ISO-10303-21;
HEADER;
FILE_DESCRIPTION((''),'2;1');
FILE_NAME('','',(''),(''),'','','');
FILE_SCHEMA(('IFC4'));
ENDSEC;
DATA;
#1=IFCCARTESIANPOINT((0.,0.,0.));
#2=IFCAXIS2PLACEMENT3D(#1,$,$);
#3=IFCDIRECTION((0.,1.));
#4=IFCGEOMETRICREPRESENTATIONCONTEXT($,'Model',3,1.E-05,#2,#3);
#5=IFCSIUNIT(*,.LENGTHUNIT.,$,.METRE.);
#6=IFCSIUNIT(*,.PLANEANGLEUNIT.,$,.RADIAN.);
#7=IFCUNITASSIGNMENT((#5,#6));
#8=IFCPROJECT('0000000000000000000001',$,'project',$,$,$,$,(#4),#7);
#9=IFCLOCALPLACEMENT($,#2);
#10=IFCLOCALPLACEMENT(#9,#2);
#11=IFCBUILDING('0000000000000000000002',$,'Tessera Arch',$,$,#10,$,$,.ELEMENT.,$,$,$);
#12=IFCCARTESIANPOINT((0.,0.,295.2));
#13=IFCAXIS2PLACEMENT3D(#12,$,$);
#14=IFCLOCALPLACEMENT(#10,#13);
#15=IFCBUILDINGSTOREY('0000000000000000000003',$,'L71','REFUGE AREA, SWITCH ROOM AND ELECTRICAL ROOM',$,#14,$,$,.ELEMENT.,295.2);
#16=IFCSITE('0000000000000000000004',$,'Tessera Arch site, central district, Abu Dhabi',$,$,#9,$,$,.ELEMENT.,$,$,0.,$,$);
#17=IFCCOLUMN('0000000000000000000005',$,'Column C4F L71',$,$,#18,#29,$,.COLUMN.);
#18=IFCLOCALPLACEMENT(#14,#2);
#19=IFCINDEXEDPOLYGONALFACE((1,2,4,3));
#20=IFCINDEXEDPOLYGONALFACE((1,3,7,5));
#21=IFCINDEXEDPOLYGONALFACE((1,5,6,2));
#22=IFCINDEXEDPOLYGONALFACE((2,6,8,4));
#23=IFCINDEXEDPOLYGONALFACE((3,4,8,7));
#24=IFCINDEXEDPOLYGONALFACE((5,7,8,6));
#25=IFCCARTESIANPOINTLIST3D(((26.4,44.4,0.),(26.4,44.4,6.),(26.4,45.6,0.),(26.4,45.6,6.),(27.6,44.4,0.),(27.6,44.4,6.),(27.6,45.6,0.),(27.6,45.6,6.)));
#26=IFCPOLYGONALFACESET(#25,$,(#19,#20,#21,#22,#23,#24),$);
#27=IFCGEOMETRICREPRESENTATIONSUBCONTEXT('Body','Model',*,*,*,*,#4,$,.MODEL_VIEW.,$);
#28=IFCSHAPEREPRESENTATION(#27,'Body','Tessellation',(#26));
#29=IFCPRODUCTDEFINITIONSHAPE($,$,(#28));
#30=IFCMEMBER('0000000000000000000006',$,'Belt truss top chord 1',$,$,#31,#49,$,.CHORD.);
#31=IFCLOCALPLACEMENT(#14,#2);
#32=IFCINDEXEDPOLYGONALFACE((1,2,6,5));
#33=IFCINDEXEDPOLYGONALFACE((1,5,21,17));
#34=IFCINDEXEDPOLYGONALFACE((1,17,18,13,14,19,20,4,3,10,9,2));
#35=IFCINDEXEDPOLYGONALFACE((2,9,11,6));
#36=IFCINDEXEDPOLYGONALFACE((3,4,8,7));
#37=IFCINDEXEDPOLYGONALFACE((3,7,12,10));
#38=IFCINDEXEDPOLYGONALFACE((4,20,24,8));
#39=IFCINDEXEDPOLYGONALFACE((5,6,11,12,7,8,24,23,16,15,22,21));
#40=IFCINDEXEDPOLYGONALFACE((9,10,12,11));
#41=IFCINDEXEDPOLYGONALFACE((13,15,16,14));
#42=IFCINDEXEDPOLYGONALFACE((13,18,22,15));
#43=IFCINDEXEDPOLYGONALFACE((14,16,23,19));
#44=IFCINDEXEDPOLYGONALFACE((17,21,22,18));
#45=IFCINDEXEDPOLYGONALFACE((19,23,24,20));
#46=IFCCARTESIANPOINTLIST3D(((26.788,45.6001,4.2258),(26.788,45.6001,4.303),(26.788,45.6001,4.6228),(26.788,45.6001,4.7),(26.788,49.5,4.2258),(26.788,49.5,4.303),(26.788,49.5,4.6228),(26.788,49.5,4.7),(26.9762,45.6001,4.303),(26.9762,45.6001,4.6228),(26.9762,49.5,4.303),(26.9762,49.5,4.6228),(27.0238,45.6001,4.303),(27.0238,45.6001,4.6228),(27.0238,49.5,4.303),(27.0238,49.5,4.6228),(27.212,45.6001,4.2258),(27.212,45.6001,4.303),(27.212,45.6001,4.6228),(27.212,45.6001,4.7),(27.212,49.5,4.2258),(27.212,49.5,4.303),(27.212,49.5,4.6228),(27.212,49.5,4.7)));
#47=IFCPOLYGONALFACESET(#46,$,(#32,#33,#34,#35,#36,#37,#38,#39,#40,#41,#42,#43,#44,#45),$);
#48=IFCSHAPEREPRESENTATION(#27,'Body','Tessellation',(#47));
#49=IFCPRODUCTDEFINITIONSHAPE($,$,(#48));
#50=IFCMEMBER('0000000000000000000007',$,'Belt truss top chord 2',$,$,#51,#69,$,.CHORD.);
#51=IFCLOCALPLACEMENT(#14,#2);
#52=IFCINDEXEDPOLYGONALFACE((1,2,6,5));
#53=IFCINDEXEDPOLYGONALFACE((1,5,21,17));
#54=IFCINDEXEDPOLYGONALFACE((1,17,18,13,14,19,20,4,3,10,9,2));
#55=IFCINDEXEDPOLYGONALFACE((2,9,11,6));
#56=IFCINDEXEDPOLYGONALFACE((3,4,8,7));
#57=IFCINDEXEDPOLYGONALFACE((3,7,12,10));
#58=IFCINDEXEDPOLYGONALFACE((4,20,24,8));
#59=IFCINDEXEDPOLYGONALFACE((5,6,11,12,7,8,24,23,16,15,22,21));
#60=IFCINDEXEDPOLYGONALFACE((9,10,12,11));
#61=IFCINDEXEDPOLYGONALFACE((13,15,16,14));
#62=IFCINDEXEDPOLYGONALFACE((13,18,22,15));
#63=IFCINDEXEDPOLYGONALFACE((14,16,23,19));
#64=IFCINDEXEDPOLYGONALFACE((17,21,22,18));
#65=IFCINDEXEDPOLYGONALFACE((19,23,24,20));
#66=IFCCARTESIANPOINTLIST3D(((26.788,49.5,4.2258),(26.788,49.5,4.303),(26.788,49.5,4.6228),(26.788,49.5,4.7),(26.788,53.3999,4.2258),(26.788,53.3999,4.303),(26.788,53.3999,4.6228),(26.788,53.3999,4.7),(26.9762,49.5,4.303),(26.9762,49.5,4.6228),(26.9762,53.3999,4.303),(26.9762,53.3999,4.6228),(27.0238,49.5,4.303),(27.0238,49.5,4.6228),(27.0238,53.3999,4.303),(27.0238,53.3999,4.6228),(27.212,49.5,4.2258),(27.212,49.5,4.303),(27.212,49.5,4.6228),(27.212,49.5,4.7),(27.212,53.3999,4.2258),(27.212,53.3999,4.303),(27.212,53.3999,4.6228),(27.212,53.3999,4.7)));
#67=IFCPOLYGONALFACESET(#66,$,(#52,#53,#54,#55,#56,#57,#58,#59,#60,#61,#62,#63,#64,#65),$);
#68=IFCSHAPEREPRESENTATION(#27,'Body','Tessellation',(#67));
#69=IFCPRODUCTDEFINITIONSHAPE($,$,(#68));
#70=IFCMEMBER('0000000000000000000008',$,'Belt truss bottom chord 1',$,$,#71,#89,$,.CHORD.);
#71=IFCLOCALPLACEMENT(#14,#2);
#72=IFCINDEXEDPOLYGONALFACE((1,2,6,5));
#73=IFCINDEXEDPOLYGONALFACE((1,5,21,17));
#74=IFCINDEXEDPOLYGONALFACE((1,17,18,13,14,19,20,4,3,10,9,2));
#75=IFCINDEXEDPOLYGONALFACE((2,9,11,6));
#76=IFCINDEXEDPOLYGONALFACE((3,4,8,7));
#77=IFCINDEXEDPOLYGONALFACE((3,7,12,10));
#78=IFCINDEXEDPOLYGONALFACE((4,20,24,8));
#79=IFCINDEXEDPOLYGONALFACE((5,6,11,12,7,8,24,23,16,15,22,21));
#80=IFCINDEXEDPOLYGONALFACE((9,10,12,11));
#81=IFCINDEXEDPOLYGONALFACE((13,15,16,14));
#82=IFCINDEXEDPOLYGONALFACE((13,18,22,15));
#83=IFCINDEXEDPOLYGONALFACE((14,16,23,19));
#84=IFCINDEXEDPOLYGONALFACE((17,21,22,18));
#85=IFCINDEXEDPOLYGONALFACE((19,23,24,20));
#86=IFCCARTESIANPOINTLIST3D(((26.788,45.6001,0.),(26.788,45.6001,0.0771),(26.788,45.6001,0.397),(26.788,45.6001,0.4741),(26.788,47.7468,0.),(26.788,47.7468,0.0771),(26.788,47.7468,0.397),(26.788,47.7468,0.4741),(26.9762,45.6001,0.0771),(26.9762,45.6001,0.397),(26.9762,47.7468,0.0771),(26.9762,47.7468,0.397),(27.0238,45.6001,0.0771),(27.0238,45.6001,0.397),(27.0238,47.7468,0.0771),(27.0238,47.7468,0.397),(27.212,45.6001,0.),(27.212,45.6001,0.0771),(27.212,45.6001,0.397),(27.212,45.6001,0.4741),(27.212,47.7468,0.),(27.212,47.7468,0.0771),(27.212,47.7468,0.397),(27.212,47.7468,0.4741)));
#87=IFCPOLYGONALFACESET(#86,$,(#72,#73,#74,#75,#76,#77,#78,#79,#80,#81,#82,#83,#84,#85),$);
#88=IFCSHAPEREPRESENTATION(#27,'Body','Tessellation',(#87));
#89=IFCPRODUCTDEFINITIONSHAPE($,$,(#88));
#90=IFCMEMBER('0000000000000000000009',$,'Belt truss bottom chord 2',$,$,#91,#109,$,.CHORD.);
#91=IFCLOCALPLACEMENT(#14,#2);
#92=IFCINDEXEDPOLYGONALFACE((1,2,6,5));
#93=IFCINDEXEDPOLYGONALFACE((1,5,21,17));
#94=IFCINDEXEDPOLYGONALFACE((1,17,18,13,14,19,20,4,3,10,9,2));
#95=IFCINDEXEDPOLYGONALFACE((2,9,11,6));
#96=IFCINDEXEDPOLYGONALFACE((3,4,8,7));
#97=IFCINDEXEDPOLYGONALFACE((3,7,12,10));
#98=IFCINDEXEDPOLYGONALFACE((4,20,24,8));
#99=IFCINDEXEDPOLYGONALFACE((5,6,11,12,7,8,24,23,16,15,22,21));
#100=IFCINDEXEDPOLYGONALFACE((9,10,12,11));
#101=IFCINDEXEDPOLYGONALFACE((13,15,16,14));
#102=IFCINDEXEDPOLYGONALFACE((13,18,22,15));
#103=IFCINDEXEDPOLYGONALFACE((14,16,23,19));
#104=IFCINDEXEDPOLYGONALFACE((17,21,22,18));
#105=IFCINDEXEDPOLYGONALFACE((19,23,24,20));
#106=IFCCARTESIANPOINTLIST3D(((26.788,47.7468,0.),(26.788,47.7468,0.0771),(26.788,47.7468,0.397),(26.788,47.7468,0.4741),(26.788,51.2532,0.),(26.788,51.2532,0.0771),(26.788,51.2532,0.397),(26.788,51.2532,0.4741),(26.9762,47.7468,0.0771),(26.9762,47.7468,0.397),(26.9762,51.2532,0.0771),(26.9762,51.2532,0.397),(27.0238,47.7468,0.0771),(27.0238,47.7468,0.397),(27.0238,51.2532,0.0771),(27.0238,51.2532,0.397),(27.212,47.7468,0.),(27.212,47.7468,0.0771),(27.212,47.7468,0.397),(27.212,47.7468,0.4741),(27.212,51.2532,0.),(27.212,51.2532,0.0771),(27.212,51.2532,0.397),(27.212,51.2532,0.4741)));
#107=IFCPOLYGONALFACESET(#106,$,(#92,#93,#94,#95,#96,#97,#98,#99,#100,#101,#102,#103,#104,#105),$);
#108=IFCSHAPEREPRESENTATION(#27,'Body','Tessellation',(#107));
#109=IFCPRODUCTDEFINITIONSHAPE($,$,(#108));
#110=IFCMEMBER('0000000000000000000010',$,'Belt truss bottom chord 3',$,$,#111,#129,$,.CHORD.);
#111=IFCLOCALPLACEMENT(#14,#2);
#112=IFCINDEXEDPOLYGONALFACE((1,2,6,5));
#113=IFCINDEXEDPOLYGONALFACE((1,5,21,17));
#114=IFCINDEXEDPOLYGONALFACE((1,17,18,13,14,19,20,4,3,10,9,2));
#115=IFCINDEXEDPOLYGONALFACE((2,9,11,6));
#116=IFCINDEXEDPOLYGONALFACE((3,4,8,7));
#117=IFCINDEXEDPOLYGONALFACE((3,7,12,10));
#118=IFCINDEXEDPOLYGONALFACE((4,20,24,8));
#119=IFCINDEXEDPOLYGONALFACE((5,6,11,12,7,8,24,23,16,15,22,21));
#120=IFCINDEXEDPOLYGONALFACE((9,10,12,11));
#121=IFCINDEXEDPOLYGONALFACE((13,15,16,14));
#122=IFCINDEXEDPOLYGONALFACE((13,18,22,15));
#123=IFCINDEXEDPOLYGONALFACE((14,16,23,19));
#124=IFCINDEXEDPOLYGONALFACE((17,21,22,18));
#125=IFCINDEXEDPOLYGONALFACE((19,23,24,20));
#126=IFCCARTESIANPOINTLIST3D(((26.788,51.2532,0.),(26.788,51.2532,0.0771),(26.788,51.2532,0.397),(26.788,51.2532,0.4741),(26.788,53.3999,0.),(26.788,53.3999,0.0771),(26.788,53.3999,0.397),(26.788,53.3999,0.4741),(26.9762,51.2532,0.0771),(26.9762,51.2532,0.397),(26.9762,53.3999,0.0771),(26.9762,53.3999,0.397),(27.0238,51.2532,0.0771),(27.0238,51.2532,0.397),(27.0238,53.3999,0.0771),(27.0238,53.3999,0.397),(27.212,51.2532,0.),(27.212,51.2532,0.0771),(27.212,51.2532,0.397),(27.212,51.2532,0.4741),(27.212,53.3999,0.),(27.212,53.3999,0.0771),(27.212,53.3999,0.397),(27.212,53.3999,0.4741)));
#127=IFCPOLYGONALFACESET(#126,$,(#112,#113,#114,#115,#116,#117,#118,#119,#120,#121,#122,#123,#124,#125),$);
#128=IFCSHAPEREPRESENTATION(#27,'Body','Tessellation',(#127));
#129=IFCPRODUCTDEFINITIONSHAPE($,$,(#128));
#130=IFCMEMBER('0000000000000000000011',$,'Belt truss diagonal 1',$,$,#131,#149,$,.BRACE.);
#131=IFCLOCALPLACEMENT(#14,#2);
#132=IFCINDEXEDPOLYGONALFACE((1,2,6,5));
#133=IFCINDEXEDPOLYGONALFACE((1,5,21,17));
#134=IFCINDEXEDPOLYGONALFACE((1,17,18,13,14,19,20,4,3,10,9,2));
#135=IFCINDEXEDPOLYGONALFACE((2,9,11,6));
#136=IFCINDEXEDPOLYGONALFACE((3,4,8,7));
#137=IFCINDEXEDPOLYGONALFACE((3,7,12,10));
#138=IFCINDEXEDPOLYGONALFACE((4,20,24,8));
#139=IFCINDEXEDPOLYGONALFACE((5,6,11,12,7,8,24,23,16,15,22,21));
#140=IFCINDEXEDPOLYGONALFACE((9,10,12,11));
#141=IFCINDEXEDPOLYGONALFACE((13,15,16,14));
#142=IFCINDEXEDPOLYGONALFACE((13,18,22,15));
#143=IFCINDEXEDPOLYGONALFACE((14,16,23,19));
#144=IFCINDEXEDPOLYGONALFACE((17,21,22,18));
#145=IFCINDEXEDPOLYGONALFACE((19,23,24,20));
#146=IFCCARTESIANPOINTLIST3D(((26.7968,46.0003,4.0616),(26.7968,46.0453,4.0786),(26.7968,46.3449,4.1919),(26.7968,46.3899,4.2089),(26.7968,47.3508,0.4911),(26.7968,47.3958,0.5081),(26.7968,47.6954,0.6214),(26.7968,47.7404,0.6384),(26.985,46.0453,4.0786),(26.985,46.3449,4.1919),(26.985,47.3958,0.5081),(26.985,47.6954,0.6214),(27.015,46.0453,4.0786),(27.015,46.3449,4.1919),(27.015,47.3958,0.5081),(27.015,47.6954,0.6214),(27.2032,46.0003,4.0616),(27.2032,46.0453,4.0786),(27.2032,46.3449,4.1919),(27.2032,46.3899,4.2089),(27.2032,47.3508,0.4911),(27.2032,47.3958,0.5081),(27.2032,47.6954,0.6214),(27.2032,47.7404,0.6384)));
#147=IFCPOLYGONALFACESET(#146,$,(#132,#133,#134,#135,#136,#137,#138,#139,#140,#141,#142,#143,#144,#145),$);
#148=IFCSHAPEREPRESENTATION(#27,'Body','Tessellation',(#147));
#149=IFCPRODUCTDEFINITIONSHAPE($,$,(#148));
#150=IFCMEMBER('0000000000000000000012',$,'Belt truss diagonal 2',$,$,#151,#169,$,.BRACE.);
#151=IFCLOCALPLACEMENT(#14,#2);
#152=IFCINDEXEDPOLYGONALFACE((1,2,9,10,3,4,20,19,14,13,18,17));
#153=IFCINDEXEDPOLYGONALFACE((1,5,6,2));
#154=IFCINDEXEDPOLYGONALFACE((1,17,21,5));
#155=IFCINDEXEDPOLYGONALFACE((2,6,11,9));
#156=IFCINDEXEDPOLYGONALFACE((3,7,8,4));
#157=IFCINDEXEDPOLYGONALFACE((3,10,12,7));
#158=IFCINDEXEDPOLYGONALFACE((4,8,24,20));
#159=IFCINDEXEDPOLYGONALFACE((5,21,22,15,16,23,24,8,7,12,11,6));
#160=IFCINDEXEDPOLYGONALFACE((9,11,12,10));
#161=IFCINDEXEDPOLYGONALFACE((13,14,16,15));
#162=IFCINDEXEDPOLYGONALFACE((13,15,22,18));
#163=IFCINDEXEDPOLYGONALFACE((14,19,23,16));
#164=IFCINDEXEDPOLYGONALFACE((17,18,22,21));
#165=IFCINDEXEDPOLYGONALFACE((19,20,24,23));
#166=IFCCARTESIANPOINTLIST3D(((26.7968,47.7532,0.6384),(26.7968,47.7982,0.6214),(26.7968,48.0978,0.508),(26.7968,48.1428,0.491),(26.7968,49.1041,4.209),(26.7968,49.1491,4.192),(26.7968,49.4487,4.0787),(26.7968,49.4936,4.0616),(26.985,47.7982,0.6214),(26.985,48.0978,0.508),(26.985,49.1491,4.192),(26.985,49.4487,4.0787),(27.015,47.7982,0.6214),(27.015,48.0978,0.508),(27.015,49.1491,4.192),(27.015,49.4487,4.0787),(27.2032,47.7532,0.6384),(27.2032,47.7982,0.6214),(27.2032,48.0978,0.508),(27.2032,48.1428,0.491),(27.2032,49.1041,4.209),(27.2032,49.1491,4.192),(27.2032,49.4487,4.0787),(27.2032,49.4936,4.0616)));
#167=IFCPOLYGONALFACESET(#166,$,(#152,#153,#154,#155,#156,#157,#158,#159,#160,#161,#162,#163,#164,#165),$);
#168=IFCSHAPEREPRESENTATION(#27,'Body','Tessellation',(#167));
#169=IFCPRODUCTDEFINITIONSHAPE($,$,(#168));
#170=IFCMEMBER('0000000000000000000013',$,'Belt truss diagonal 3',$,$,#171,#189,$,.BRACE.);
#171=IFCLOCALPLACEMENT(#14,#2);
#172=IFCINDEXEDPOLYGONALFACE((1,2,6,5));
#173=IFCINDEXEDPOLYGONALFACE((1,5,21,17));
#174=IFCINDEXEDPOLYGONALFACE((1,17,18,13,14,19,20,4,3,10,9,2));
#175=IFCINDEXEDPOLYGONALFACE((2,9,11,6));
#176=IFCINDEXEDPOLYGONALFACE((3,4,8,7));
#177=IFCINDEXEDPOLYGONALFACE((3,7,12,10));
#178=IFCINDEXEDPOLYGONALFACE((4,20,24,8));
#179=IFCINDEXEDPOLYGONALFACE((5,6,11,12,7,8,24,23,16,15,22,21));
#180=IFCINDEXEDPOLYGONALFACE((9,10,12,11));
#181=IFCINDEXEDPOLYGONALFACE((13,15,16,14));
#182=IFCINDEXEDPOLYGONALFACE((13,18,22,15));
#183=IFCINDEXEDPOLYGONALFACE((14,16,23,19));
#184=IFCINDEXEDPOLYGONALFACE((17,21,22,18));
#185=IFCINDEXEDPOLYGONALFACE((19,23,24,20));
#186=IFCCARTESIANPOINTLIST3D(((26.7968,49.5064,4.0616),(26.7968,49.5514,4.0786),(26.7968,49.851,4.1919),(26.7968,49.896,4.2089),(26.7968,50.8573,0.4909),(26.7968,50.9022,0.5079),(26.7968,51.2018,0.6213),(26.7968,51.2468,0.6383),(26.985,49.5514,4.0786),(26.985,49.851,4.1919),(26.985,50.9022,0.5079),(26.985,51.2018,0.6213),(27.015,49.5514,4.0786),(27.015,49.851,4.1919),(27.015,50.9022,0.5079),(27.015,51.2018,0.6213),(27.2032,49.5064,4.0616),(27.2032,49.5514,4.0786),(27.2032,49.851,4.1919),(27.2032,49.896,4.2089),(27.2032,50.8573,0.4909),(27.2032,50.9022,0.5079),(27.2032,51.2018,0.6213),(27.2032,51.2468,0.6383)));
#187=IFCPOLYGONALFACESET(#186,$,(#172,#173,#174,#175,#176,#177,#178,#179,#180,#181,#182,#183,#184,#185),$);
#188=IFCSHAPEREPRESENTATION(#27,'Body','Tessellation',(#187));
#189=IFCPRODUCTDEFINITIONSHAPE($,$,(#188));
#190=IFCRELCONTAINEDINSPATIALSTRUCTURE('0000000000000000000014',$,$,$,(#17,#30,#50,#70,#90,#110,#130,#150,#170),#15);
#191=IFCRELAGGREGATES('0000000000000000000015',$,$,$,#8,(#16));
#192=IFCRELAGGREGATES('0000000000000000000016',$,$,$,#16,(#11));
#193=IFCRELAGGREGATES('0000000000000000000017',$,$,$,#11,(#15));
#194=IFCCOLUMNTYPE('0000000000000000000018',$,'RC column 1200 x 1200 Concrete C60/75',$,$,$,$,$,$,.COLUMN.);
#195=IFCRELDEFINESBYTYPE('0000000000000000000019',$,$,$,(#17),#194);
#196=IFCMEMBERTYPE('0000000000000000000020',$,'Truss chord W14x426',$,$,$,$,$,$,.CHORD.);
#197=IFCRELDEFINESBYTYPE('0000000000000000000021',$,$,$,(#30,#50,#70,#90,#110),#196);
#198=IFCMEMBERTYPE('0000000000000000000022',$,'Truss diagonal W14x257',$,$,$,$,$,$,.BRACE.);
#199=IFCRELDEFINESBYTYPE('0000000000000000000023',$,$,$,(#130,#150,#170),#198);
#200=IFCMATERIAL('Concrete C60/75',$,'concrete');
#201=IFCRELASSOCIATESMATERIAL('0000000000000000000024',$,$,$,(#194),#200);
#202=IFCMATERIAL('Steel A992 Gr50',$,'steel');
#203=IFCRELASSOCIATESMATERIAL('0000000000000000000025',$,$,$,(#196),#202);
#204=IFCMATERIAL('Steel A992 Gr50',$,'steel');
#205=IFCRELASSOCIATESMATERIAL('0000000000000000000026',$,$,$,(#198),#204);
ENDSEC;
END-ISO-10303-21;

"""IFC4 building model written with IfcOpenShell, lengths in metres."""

from ifc_helpers import new_model, si_unit, direction, frame, origin, origin_2d, place, context, subcontext, project, spatial, rectangle, i_section, extrude, material, material_profile, profile_set, type_object, element, save


model = new_model("IFC4")

# Units and contexts
model_context = context("Model", 3, precision=1e-05, world=origin(), true_north=direction((0.0, 1.0)))
body_context = subcontext(model_context, "Body", "Model", "MODEL_VIEW")
ifc_project = project(units=[si_unit("LENGTHUNIT", "METRE"), si_unit("PLANEANGLEUNIT", "RADIAN")], contexts=[model_context])

# Site, building, storey
site_placement = place(None, origin())
site = spatial("IfcSite", under=ifc_project, at=site_placement, Name="Tessera Arch site, central district, Abu Dhabi", CompositionType="ELEMENT", RefElevation=0.0)
building_placement = place(site_placement, origin())
building = spatial("IfcBuilding", under=site, at=building_placement, Name="Tessera Arch", CompositionType="ELEMENT")
storey_placement = place(building_placement, frame((0.0, 0.0, 295.2)))
storey = spatial("IfcBuildingStorey", under=building, at=storey_placement, Name="L71", Description="REFUGE AREA, SWITCH ROOM AND ELECTRICAL ROOM", CompositionType="ELEMENT", Elevation=295.2)

# Column
ifc_material_1 = material(Name="Concrete C60/75", Category="concrete")
ifc_material_profile_1 = material_profile(ifc_material_1, rectangle(XDim=1.2, YDim=1.2, at=origin_2d()), Name="RC column 1200 x 1200 Concrete C60/75")
ifc_profile_set_1 = profile_set([ifc_material_profile_1], Name="Concrete C60/75")
column_type = type_object("IfcColumnType", Name="RC column 1200 x 1200 Concrete C60/75", PredefinedType="COLUMN", material=ifc_profile_set_1)
column_placement = place(storey_placement, frame((27.0, 45.0, 0.0), z_axis=(0.0, 0.0, 1.0), x_axis=(1.0, 0.0, 0.0)))
element("IfcColumn", 1, at=column_placement, inside=storey, type_object=column_type, Name="Column C4F L71", PredefinedType="COLUMN", context=body_context, shape_type="SweptSolid", body=[
    extrude(rectangle(XDim=1.2, YDim=1.2, at=origin_2d()), origin(), (0.0, 0.0, 1.0), 6.0),
])

# Members
ifc_material_2 = material(Name="Steel A992 Gr50", Category="steel")
ifc_material_profile_2 = material_profile(ifc_material_2, i_section(OverallWidth=0.4241, OverallDepth=0.4741, WebThickness=0.0476, FlangeThickness=0.0771, at=origin_2d()), Name="W14x426")
ifc_profile_set_2 = profile_set([ifc_material_profile_2], Name="Steel A992 Gr50")
member_type_1 = type_object("IfcMemberType", Name="Truss chord W14x426", PredefinedType="CHORD", material=ifc_profile_set_2)
for number, where, z_axis, x_axis, name in (
    (2, (27.0, 45.6001, 4.4629), (0.0, 1.0, 0.0), (-1.0, 0.0, 0.0), "Belt truss top chord 1"),
    (3, (27.0, 49.5, 4.4629), (0.0, 1.0, 0.0), (-1.0, 0.0, 0.0), "Belt truss top chord 2"),
):
    element("IfcMember", number, at=place(storey_placement, frame(where, z_axis=z_axis, x_axis=x_axis)), inside=storey, type_object=member_type_1, Name=name, PredefinedType="CHORD", context=body_context, shape_type="SweptSolid", body=[
        extrude(i_section(OverallWidth=0.4241, OverallDepth=0.4741, WebThickness=0.0476, FlangeThickness=0.0771, at=origin_2d()), origin(), (0.0, 0.0, 1.0), 3.8999),
    ])
member_1_placement = place(storey_placement, frame((27.0, 45.6001, 0.2371), z_axis=(0.0, 1.0, 0.0), x_axis=(-1.0, 0.0, 0.0)))
element("IfcMember", 4, at=member_1_placement, inside=storey, type_object=member_type_1, Name="Belt truss bottom chord 1", PredefinedType="CHORD", context=body_context, shape_type="SweptSolid", body=[
    extrude(i_section(OverallWidth=0.4241, OverallDepth=0.4741, WebThickness=0.0476, FlangeThickness=0.0771, at=origin_2d()), origin(), (0.0, 0.0, 1.0), 2.1467),
])
member_2_placement = place(storey_placement, frame((27.0, 47.7468, 0.2371), z_axis=(0.0, 1.0, 0.0), x_axis=(-1.0, 0.0, 0.0)))
element("IfcMember", 5, at=member_2_placement, inside=storey, type_object=member_type_1, Name="Belt truss bottom chord 2", PredefinedType="CHORD", context=body_context, shape_type="SweptSolid", body=[
    extrude(i_section(OverallWidth=0.4241, OverallDepth=0.4741, WebThickness=0.0476, FlangeThickness=0.0771, at=origin_2d()), origin(), (0.0, 0.0, 1.0), 3.5063),
])
member_3_placement = place(storey_placement, frame((27.0, 51.2532, 0.2371), z_axis=(0.0, 1.0, 0.0), x_axis=(-1.0, 0.0, 0.0)))
element("IfcMember", 6, at=member_3_placement, inside=storey, type_object=member_type_1, Name="Belt truss bottom chord 3", PredefinedType="CHORD", context=body_context, shape_type="SweptSolid", body=[
    extrude(i_section(OverallWidth=0.4241, OverallDepth=0.4741, WebThickness=0.0476, FlangeThickness=0.0771, at=origin_2d()), origin(), (0.0, 0.0, 1.0), 2.1467),
])
ifc_material_3 = material(Name="Steel A992 Gr50", Category="steel")
ifc_material_profile_3 = material_profile(ifc_material_3, i_section(OverallWidth=0.4065, OverallDepth=0.4165, WebThickness=0.03, FlangeThickness=0.0481, at=origin_2d()), Name="W14x257")
ifc_profile_set_3 = profile_set([ifc_material_profile_3], Name="Steel A992 Gr50")
member_type_2 = type_object("IfcMemberType", Name="Truss diagonal W14x257", PredefinedType="BRACE", material=ifc_profile_set_3)
member_4_placement = place(storey_placement, frame((27.0, 46.1951, 4.1353), z_axis=(0.0, 0.353792, -0.935324), x_axis=(-1.0, 0.0, 0.0)))
element("IfcMember", 7, at=member_4_placement, inside=storey, type_object=member_type_2, Name="Belt truss diagonal 1", PredefinedType="BRACE", context=body_context, shape_type="SweptSolid", body=[
    extrude(i_section(OverallWidth=0.4065, OverallDepth=0.4165, WebThickness=0.03, FlangeThickness=0.0481, at=origin_2d()), origin(), (0.0, 0.0, 1.0), 3.8174),
])
for number, where, z_axis, x_axis, name in (
    (8, (27.0, 47.948, 0.5647), (0.0, 0.353848, 0.935303), (-1.0, 0.0, 0.0), "Belt truss diagonal 2"),
    (9, (27.0, 49.7012, 4.1353), (0.0, 0.353848, -0.935303), (-1.0, 0.0, 0.0), "Belt truss diagonal 3"),
):
    element("IfcMember", number, at=place(storey_placement, frame(where, z_axis=z_axis, x_axis=x_axis)), inside=storey, type_object=member_type_2, Name=name, PredefinedType="BRACE", context=body_context, shape_type="SweptSolid", body=[
        extrude(i_section(OverallWidth=0.4065, OverallDepth=0.4165, WebThickness=0.03, FlangeThickness=0.0481, at=origin_2d()), origin(), (0.0, 0.0, 1.0), 3.8176),
    ])

save(model, "model.ifc")
